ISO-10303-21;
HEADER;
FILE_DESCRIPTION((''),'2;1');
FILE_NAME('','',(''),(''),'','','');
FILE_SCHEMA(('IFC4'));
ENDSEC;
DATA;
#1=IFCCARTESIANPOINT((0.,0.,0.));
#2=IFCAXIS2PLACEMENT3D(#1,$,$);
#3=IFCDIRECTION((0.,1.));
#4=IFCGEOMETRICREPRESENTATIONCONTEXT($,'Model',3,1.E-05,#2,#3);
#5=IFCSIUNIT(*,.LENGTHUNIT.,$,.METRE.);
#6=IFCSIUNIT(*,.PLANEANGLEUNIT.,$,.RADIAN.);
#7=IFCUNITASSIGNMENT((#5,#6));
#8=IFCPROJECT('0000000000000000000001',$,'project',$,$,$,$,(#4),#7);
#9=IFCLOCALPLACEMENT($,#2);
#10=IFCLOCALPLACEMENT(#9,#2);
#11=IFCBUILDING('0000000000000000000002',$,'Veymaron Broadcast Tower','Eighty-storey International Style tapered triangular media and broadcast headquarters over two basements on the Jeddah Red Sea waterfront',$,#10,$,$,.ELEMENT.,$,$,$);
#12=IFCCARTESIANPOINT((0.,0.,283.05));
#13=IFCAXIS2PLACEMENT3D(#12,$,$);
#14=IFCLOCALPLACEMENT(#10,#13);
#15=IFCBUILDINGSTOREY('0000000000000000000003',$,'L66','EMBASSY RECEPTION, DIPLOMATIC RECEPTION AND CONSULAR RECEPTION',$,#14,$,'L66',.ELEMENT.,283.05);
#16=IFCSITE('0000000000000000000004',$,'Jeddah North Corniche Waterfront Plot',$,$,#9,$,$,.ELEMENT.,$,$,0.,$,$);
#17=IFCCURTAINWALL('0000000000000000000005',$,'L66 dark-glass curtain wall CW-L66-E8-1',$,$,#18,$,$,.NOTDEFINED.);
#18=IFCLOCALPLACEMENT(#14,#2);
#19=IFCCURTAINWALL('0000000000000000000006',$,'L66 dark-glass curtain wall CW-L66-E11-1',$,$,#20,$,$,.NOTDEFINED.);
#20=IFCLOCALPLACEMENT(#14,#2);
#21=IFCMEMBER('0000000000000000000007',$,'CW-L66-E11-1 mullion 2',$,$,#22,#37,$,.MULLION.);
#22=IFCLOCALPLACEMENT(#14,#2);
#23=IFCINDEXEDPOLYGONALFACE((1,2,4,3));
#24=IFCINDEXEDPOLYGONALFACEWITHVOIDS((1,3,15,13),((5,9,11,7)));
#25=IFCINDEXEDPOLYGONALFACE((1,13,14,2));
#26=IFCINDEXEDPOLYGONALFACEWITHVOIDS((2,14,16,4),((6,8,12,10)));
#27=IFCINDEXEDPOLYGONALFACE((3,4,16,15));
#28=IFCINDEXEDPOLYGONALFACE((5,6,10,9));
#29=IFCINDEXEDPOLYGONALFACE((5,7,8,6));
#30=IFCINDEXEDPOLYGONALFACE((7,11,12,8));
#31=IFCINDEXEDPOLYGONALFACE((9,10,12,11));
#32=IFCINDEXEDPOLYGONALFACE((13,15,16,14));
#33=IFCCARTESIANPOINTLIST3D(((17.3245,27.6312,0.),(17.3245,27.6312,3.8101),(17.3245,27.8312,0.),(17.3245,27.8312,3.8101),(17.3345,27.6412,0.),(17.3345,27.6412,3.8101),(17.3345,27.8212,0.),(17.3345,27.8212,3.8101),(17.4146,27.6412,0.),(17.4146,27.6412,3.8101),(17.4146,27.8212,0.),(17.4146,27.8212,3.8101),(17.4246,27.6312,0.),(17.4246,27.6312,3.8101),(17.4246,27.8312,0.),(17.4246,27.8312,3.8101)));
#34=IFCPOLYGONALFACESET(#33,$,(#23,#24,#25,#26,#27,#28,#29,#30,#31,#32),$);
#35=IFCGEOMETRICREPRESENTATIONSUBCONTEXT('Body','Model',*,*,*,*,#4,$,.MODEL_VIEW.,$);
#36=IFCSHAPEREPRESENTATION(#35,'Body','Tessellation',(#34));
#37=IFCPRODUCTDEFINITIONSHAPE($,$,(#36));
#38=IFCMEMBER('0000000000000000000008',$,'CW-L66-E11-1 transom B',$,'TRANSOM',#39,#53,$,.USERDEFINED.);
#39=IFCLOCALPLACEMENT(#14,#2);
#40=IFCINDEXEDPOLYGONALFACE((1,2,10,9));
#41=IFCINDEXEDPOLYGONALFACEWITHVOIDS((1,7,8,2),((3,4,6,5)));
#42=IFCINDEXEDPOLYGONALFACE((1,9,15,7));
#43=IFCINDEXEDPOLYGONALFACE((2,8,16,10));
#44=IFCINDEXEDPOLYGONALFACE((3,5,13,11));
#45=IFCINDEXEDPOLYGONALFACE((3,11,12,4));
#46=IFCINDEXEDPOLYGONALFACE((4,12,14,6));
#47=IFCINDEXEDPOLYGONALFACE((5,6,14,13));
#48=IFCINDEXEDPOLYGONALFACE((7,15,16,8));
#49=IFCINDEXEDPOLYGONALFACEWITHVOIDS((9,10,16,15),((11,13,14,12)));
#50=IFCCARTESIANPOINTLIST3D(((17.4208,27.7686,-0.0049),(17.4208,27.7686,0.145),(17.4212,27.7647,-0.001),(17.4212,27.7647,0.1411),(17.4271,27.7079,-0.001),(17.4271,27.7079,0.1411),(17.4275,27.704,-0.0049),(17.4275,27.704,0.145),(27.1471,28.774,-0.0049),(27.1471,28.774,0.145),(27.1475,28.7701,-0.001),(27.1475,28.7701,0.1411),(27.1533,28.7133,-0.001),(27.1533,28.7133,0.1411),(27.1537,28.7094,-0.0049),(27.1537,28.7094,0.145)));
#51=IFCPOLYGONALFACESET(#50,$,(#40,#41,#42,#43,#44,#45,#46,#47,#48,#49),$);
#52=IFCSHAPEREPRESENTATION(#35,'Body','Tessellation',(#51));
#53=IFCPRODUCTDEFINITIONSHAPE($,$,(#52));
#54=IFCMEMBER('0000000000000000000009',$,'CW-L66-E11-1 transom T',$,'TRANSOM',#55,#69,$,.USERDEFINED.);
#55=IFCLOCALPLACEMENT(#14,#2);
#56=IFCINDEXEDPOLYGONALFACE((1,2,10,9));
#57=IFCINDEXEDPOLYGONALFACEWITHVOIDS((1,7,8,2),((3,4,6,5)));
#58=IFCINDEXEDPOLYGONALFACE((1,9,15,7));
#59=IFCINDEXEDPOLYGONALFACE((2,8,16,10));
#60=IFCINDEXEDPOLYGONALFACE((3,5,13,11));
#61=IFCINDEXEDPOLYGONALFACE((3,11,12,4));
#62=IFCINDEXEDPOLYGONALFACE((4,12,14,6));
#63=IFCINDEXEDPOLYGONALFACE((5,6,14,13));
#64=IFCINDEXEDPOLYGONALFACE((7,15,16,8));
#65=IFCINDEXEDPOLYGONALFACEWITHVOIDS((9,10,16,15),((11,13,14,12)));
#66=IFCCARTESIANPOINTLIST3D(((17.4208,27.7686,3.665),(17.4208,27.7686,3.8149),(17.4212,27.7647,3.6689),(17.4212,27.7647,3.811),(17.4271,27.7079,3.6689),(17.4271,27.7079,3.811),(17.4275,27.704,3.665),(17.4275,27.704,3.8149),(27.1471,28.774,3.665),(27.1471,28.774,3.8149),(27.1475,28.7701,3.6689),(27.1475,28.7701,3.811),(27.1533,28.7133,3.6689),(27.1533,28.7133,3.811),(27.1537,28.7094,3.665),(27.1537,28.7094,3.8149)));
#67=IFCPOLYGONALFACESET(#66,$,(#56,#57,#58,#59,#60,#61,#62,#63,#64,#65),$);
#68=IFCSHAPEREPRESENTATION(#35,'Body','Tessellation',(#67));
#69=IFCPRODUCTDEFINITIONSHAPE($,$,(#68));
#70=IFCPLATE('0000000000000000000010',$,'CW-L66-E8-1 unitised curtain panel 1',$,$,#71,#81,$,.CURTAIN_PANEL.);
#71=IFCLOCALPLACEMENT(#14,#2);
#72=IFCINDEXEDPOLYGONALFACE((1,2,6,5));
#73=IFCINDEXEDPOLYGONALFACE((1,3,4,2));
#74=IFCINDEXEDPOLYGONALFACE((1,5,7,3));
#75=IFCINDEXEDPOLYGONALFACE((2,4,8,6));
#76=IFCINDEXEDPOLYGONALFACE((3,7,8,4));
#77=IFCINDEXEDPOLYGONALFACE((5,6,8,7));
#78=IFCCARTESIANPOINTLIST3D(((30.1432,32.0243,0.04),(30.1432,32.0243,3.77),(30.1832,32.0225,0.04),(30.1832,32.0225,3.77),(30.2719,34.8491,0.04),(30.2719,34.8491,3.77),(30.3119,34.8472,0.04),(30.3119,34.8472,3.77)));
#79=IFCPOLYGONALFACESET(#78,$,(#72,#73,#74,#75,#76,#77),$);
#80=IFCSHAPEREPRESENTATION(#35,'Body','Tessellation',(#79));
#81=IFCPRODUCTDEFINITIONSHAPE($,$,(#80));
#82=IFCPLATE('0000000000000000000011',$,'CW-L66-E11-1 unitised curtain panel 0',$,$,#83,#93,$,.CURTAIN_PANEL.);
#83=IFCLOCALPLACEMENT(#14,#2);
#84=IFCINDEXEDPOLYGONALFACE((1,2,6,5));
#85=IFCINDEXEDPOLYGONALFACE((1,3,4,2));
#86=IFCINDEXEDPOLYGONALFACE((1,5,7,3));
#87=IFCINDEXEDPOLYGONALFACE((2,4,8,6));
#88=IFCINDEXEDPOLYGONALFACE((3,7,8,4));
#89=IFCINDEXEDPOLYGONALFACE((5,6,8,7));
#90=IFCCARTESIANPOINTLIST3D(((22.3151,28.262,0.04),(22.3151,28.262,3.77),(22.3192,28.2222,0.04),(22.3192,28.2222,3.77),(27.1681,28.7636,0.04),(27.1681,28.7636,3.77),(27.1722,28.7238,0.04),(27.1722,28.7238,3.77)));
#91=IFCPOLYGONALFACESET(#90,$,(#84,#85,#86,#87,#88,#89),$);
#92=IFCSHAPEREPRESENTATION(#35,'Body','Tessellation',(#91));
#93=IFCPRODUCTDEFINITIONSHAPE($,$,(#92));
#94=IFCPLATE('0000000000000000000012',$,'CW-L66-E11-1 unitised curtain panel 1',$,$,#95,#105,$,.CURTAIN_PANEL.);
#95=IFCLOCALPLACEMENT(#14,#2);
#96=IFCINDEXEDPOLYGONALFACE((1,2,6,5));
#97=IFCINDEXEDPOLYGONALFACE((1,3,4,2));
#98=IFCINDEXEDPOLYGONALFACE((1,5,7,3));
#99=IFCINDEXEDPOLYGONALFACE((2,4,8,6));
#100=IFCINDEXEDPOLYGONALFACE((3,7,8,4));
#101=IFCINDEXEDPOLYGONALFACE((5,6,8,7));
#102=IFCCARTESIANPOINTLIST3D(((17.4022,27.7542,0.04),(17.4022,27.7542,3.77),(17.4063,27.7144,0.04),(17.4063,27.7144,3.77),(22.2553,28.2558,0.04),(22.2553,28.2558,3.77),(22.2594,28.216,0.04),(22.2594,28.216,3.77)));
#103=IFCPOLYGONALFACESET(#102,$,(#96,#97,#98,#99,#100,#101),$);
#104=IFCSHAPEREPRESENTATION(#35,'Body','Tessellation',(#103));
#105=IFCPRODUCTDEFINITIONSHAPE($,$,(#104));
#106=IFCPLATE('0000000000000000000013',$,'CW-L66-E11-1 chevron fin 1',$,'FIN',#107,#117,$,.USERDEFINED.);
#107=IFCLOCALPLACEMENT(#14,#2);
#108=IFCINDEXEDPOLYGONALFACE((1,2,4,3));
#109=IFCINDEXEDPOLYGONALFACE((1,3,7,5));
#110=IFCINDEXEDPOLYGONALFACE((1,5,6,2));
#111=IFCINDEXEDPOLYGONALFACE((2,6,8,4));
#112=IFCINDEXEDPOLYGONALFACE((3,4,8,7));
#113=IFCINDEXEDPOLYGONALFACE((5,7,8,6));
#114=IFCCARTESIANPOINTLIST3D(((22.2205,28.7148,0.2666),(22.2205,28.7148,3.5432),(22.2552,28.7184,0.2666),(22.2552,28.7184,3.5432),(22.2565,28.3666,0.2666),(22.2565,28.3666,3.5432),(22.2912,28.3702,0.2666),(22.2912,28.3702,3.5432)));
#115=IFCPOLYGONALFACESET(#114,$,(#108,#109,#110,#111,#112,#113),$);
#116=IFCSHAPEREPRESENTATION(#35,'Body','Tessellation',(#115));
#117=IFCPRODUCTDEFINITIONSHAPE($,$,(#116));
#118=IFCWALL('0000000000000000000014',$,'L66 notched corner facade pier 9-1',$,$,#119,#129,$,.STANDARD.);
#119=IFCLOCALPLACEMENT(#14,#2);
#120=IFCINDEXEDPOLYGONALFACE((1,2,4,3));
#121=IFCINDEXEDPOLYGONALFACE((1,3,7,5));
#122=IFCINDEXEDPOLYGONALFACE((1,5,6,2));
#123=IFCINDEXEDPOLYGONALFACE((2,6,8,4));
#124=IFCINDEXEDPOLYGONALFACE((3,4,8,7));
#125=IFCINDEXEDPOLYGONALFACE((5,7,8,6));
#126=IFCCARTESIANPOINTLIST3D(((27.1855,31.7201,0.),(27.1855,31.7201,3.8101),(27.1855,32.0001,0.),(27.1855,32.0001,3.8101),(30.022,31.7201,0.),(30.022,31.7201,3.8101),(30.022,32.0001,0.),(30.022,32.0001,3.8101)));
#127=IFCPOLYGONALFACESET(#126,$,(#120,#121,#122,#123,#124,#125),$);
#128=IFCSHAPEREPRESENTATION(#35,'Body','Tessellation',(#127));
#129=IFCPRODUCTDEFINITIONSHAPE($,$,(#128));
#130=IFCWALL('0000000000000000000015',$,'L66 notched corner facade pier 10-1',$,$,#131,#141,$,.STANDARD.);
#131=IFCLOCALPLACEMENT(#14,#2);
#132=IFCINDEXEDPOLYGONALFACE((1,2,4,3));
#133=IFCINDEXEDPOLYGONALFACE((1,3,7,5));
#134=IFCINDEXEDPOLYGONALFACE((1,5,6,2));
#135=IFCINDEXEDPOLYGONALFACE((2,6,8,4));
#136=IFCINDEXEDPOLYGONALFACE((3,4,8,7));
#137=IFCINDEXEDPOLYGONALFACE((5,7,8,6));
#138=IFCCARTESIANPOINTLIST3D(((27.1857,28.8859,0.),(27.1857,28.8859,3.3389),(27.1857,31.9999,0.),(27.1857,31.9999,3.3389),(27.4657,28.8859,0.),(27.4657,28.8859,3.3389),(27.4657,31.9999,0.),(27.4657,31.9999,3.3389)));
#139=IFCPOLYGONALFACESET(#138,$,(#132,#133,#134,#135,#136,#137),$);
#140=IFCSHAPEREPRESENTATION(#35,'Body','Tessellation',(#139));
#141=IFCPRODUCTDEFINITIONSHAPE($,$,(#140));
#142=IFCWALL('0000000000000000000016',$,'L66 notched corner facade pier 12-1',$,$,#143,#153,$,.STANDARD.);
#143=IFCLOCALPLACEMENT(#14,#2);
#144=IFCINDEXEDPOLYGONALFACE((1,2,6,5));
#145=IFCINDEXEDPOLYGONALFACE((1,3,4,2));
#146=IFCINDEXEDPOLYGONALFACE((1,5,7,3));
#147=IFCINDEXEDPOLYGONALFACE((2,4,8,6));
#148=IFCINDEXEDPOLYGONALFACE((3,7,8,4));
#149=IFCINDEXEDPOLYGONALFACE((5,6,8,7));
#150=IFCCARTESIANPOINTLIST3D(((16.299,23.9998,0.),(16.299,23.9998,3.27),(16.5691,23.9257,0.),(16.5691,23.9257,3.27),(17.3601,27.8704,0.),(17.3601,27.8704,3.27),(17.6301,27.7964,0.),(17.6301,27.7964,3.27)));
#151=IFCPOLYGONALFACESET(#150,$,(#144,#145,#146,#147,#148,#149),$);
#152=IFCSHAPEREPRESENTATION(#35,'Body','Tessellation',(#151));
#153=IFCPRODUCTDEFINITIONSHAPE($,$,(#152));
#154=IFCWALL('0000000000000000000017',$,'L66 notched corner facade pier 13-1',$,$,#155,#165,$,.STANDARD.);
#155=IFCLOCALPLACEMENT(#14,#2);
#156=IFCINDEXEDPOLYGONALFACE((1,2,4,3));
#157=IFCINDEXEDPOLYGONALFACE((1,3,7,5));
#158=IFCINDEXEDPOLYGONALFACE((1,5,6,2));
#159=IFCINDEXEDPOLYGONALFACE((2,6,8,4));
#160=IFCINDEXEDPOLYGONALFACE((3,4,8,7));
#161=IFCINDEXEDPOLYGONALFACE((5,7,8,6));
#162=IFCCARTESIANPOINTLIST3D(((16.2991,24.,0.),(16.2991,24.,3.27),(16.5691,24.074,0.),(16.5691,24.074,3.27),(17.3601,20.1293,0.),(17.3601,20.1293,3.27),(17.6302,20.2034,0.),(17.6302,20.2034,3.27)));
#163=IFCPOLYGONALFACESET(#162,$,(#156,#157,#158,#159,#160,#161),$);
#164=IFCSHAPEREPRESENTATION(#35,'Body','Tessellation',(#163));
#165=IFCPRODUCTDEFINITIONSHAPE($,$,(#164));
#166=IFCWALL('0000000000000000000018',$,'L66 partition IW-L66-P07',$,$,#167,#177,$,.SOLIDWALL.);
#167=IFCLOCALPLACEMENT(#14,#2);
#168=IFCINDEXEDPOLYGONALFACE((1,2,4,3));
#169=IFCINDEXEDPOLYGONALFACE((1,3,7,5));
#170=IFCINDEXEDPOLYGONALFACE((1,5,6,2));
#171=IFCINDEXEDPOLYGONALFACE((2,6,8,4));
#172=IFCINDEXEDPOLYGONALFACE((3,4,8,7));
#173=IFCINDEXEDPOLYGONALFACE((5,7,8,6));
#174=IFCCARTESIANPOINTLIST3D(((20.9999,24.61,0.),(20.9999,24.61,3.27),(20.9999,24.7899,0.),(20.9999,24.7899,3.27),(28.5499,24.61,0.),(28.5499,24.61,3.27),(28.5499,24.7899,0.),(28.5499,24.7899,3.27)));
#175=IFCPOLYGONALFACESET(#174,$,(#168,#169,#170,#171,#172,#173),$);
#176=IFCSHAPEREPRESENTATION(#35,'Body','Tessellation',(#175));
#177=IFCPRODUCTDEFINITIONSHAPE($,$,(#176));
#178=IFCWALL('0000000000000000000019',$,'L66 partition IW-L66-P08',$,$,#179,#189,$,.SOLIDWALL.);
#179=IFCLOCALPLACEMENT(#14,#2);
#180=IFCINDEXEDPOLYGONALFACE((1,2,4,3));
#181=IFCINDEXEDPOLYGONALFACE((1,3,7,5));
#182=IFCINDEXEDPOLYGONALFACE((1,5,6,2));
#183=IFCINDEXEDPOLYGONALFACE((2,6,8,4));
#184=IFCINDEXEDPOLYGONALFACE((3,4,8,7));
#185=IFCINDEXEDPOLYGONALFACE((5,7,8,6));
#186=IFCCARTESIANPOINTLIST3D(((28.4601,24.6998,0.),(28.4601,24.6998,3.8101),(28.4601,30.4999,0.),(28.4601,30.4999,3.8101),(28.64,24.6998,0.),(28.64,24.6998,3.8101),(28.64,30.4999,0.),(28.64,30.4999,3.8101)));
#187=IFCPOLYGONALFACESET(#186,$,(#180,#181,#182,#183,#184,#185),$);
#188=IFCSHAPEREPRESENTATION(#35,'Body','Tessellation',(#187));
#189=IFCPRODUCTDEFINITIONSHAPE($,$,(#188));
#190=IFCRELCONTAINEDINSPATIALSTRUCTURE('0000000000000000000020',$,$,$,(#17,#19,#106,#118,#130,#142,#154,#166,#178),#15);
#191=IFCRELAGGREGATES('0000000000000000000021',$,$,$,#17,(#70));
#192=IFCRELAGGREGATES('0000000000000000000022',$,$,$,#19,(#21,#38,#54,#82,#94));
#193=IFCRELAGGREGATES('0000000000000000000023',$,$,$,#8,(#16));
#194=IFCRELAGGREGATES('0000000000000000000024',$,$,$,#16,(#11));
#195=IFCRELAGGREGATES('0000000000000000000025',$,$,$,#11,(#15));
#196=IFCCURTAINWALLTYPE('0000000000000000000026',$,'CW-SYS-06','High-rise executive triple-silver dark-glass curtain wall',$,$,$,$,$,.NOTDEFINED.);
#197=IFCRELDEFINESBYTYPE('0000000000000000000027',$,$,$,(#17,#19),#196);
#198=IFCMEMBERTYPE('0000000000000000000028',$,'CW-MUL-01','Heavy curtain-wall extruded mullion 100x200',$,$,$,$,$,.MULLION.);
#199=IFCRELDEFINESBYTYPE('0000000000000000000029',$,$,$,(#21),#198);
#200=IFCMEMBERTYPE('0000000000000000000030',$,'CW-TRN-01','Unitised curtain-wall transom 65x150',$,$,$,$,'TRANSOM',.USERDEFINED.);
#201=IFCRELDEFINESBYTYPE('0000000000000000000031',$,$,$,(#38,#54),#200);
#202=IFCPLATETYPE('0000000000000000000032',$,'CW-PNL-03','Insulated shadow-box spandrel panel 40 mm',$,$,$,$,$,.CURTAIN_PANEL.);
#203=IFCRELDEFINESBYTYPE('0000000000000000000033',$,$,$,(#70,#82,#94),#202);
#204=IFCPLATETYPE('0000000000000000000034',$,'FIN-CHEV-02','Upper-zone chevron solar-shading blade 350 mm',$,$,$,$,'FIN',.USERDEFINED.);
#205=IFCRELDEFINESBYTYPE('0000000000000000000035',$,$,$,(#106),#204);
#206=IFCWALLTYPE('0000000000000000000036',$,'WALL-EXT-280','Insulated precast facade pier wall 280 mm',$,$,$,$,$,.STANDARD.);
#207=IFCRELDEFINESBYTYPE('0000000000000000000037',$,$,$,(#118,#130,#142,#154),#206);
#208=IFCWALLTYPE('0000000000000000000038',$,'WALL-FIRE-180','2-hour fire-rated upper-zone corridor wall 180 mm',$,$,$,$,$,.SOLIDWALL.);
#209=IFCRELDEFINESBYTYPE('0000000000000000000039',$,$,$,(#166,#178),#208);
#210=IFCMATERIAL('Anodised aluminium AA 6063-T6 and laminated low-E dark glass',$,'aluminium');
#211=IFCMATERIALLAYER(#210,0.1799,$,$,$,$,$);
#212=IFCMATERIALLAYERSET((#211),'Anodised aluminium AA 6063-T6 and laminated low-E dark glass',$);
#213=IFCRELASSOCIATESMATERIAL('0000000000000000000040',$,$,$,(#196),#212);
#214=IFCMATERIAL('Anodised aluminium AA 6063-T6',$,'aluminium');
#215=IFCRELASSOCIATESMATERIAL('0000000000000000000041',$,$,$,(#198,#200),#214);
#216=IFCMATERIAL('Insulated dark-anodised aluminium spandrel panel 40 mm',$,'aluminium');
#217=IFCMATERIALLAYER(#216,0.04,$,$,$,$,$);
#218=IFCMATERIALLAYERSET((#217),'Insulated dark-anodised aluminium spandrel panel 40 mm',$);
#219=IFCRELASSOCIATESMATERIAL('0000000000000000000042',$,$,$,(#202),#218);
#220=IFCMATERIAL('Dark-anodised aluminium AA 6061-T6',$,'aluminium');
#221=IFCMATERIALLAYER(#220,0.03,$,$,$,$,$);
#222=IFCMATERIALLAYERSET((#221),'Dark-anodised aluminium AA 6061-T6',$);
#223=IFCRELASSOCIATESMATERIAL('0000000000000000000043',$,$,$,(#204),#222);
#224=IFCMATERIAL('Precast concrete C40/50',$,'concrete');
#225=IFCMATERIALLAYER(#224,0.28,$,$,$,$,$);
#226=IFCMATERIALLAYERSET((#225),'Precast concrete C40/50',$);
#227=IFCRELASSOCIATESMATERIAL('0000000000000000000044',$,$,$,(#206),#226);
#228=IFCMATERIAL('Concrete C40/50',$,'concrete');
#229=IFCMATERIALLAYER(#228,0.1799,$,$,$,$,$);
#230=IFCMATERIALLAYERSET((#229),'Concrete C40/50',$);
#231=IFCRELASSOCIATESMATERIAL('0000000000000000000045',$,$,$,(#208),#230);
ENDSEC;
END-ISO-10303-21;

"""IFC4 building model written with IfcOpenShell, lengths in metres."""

from ifc_helpers import new_model, si_unit, direction, frame, frame_2d, origin, origin_2d, place, context, subcontext, project, spatial, rectangle, hollow_rectangle, extrude, material, layer, layer_set, material_profile, profile_set, type_object, element, aggregate, save


model = new_model("IFC4")

# Units and contexts
model_context = context("Model", 3, precision=1e-05, world=origin(), true_north=direction((0.0, 1.0)))
body_context = subcontext(model_context, "Body", "Model", "MODEL_VIEW")
ifc_project = project(units=[si_unit("LENGTHUNIT", "METRE"), si_unit("PLANEANGLEUNIT", "RADIAN")], contexts=[model_context])

# Site, building, storey
site_placement = place(None, origin())
site = spatial("IfcSite", under=ifc_project, at=site_placement, Name="Jeddah North Corniche Waterfront Plot", CompositionType="ELEMENT", RefElevation=0.0)
building_placement = place(site_placement, origin())
building = spatial("IfcBuilding", under=site, at=building_placement, Name="Veymaron Broadcast Tower", Description="Eighty-storey International Style tapered triangular media and broadcast headquarters over two basements on the Jeddah Red Sea waterfront", CompositionType="ELEMENT")
storey_placement = place(building_placement, frame((0.0, 0.0, 283.05)))
storey = spatial("IfcBuildingStorey", under=building, at=storey_placement, Name="L66", Description="EMBASSY RECEPTION, DIPLOMATIC RECEPTION AND CONSULAR RECEPTION", LongName="L66", CompositionType="ELEMENT", Elevation=283.05)

# Curtain walls, members
ifc_material_1 = material(Name="Anodised aluminium AA 6063-T6 and laminated low-E dark glass", Category="aluminium")
ifc_layer_1 = layer(ifc_material_1, 0.1799)
ifc_layer_set_1 = layer_set([ifc_layer_1], Name="Anodised aluminium AA 6063-T6 and laminated low-E dark glass")
curtain_wall_type = type_object("IfcCurtainWallType", Name="CW-SYS-06", Description="High-rise executive triple-silver dark-glass curtain wall", PredefinedType="NOTDEFINED", material=ifc_layer_set_1)
curtain_wall_1_placement = place(storey_placement, origin())
curtain_wall_1 = element("IfcCurtainWall", 1, at=curtain_wall_1_placement, inside=storey, type_object=curtain_wall_type, Name="L66 dark-glass curtain wall CW-L66-E8-1", PredefinedType="NOTDEFINED")
ifc_material_2 = material(Name="Anodised aluminium AA 6063-T6", Category="aluminium")
ifc_material_profile_1 = material_profile(ifc_material_2, hollow_rectangle(XDim=0.1001, YDim=0.2, WallThickness=0.01, at=origin_2d()), Name="RHS200X100X10")
ifc_profile_set_1 = profile_set([ifc_material_profile_1], Name="Anodised aluminium AA 6063-T6")
member_type_1 = type_object("IfcMemberType", Name="CW-MUL-01", Description="Heavy curtain-wall extruded mullion 100x200", PredefinedType="MULLION", material=ifc_profile_set_1)
curtain_wall_2_placement = place(storey_placement, origin())
curtain_wall_2 = element("IfcCurtainWall", 2, at=curtain_wall_2_placement, inside=storey, type_object=curtain_wall_type, Name="L66 dark-glass curtain wall CW-L66-E11-1", PredefinedType="NOTDEFINED")
member_1_placement = place(storey_placement, frame((17.3745, 27.7312, 0.0), z_axis=(0.0, 0.0, 1.0), x_axis=(1.0, 0.0, 0.0)))
member_1 = element("IfcMember", 3, at=member_1_placement, type_object=member_type_1, Name="CW-L66-E11-1 mullion 2", PredefinedType="MULLION", context=body_context, shape_type="SweptSolid", body=[
    extrude(hollow_rectangle(XDim=0.1001, YDim=0.2, WallThickness=0.01, at=origin_2d()), origin(), (0.0, 0.0, 1.0), 3.8101),
])
ifc_material_profile_2 = material_profile(ifc_material_2, hollow_rectangle(XDim=0.0649, YDim=0.1499, WallThickness=0.0039, at=origin_2d()), Name="AL150X65X4")
ifc_profile_set_2 = profile_set([ifc_material_profile_2], Name="Anodised aluminium AA 6063-T6")
member_type_2 = type_object("IfcMemberType", Name="CW-TRN-01", Description="Unitised curtain-wall transom 65x150", ElementType="TRANSOM", PredefinedType="USERDEFINED", material=ifc_profile_set_2)
member_2_placement = place(storey_placement, frame((27.1504, 28.7417, 0.0701), z_axis=(-0.9947, -0.102818, 0.0), x_axis=(0.102818, -0.9947, 0.0)))
member_2 = element("IfcMember", 4, at=member_2_placement, type_object=member_type_2, Name="CW-L66-E11-1 transom B", ObjectType="TRANSOM", PredefinedType="USERDEFINED", context=body_context, shape_type="SweptSolid", body=[
    extrude(hollow_rectangle(XDim=0.0649, YDim=0.1499, WallThickness=0.0039, at=origin_2d()), origin(), (0.0, 0.0, 1.0), 9.7781),
])
member_3_placement = place(storey_placement, frame((27.1504, 28.7417, 3.74), z_axis=(-0.9947, -0.102818, 0.0), x_axis=(0.102818, -0.9947, 0.0)))
member_3 = element("IfcMember", 5, at=member_3_placement, type_object=member_type_2, Name="CW-L66-E11-1 transom T", ObjectType="TRANSOM", PredefinedType="USERDEFINED", context=body_context, shape_type="SweptSolid", body=[
    extrude(hollow_rectangle(XDim=0.0649, YDim=0.1499, WallThickness=0.0039, at=origin_2d()), origin(), (0.0, 0.0, 1.0), 9.7781),
])

# Plates
ifc_material_3 = material(Name="Insulated dark-anodised aluminium spandrel panel 40 mm", Category="aluminium")
ifc_layer_2 = layer(ifc_material_3, 0.04)
ifc_layer_set_2 = layer_set([ifc_layer_2], Name="Insulated dark-anodised aluminium spandrel panel 40 mm")
plate_type_1 = type_object("IfcPlateType", Name="CW-PNL-03", Description="Insulated shadow-box spandrel panel 40 mm", PredefinedType="CURTAIN_PANEL", material=ifc_layer_set_2)
plate_1_placement = place(storey_placement, frame((30.2275, 33.4358, 0.04), z_axis=(0.0, 0.0, 1.0), x_axis=(-0.045502, -0.998964, 0.0)))
plate_1 = element("IfcPlate", 6, at=plate_1_placement, type_object=plate_type_1, Name="CW-L66-E8-1 unitised curtain panel 1", PredefinedType="CURTAIN_PANEL", context=body_context, shape_type="SweptSolid", body=[
    extrude(rectangle(XDim=2.8276, YDim=0.04, at=origin_2d()), origin(), (0.0, 0.0, 1.0), 3.73),
])
aggregate(curtain_wall_1, [plate_1])
plate_2_placement = place(storey_placement, frame((24.7437, 28.4929, 0.04), z_axis=(0.0, 0.0, 1.0), x_axis=(-0.994701, -0.10281, 0.0)))
plate_2 = element("IfcPlate", 7, at=plate_2_placement, type_object=plate_type_1, Name="CW-L66-E11-1 unitised curtain panel 0", PredefinedType="CURTAIN_PANEL", context=body_context, shape_type="SweptSolid", body=[
    extrude(rectangle(XDim=4.8789, YDim=0.04, at=origin_2d()), origin(), (0.0, 0.0, 1.0), 3.73),
])
plate_3_placement = place(storey_placement, frame((19.8308, 27.9851, 0.04), z_axis=(0.0, 0.0, 1.0), x_axis=(-0.994701, -0.10281, 0.0)))
plate_3 = element("IfcPlate", 8, at=plate_3_placement, type_object=plate_type_1, Name="CW-L66-E11-1 unitised curtain panel 1", PredefinedType="CURTAIN_PANEL", context=body_context, shape_type="SweptSolid", body=[
    extrude(rectangle(XDim=4.8789, YDim=0.04, at=origin_2d()), origin(), (0.0, 0.0, 1.0), 3.73),
])
aggregate(curtain_wall_2, [member_1, member_2, member_3, plate_2, plate_3])
ifc_material_4 = material(Name="Dark-anodised aluminium AA 6061-T6", Category="aluminium")
ifc_layer_3 = layer(ifc_material_4, 0.03)
ifc_layer_set_3 = layer_set([ifc_layer_3], Name="Dark-anodised aluminium AA 6061-T6")
plate_type_2 = type_object("IfcPlateType", Name="FIN-CHEV-02", Description="Upper-zone chevron solar-shading blade 350 mm", ElementType="FIN", PredefinedType="USERDEFINED", material=ifc_layer_set_3)
plate_4_placement = place(storey_placement, frame((22.2559, 28.5425, 0.2666), z_axis=(0.0, 0.0, 1.0), x_axis=(-0.10281, 0.994701, 0.0)))
element("IfcPlate", 9, at=plate_4_placement, inside=storey, type_object=plate_type_2, Name="CW-L66-E11-1 chevron fin 1", ObjectType="FIN", PredefinedType="USERDEFINED", context=body_context, shape_type="SweptSolid", body=[
    extrude(rectangle(XDim=0.3501, YDim=0.0349, at=origin_2d()), origin(), (0.0, 0.0, 1.0), 3.2766),
])

# Walls
ifc_material_5 = material(Name="Precast concrete C40/50", Category="concrete")
ifc_layer_4 = layer(ifc_material_5, 0.28)
ifc_layer_set_4 = layer_set([ifc_layer_4], Name="Precast concrete C40/50")
wall_type_1 = type_object("IfcWallType", Name="WALL-EXT-280", Description="Insulated precast facade pier wall 280 mm", PredefinedType="STANDARD", material=ifc_layer_set_4)
wall_1_placement = place(storey_placement, frame((30.022, 31.8601, 0.0), z_axis=(0.0, 0.0, 1.0), x_axis=(-1.0, 0.0, 0.0)))
element("IfcWall", 10, at=wall_1_placement, inside=storey, type_object=wall_type_1, Name="L66 notched corner facade pier 9-1", PredefinedType="STANDARD", context=body_context, shape_type="SweptSolid", body=[
    extrude(rectangle(XDim=2.8364, YDim=0.28, at=frame_2d((1.4182, 0.0))), origin(), (0.0, 0.0, 1.0), 3.8101),
])
wall_2_placement = place(storey_placement, frame((27.3257, 32.0, 0.0), z_axis=(0.0, 0.0, 1.0), x_axis=(0.0, -1.0, 0.0)))
element("IfcWall", 11, at=wall_2_placement, inside=storey, type_object=wall_type_1, Name="L66 notched corner facade pier 10-1", PredefinedType="STANDARD", context=body_context, shape_type="SweptSolid", body=[
    extrude(rectangle(XDim=3.114, YDim=0.28, at=frame_2d((1.5571, 0.0))), origin(), (0.0, 0.0, 1.0), 3.3389),
])
for number, where, z_axis, x_axis, name in (
    (12, (17.4951, 27.8335, 0.0), (0.0, 0.0, 1.0), (-0.264373, -0.96442, 0.0), "L66 notched corner facade pier 12-1"),
    (13, (16.4341, 24.0371, 0.0), (0.0, 0.0, 1.0), (0.264373, -0.96442, 0.0), "L66 notched corner facade pier 13-1"),
):
    element("IfcWall", number, at=place(storey_placement, frame(where, z_axis=z_axis, x_axis=x_axis)), inside=storey, type_object=wall_type_1, Name=name, PredefinedType="STANDARD", context=body_context, shape_type="SweptSolid", body=[
        extrude(rectangle(XDim=4.0134, YDim=0.28, at=frame_2d((2.0068, 0.0))), origin(), (0.0, 0.0, 1.0), 3.27),
    ])
ifc_material_6 = material(Name="Concrete C40/50", Category="concrete")
ifc_layer_5 = layer(ifc_material_6, 0.1799)
ifc_layer_set_5 = layer_set([ifc_layer_5], Name="Concrete C40/50")
wall_type_2 = type_object("IfcWallType", Name="WALL-FIRE-180", Description="2-hour fire-rated upper-zone corridor wall 180 mm", PredefinedType="SOLIDWALL", material=ifc_layer_set_5)
wall_3_placement = place(storey_placement, frame((21.0, 24.7, 0.0), z_axis=(0.0, 0.0, 1.0), x_axis=(1.0, 0.0, 0.0)))
element("IfcWall", 14, at=wall_3_placement, inside=storey, type_object=wall_type_2, Name="L66 partition IW-L66-P07", PredefinedType="SOLIDWALL", context=body_context, shape_type="SweptSolid", body=[
    extrude(rectangle(XDim=7.55, YDim=0.1799, at=frame_2d((3.7749, 0.0))), origin(), (0.0, 0.0, 1.0), 3.27),
])
wall_4_placement = place(storey_placement, frame((28.55, 24.7, 0.0), z_axis=(0.0, 0.0, 1.0), x_axis=(0.0, 1.0, 0.0)))
element("IfcWall", 15, at=wall_4_placement, inside=storey, type_object=wall_type_2, Name="L66 partition IW-L66-P08", PredefinedType="SOLIDWALL", context=body_context, shape_type="SweptSolid", body=[
    extrude(rectangle(XDim=5.8, YDim=0.1799, at=frame_2d((2.8999, 0.0))), origin(), (0.0, 0.0, 1.0), 3.8101),
])

save(model, "model.ifc")
